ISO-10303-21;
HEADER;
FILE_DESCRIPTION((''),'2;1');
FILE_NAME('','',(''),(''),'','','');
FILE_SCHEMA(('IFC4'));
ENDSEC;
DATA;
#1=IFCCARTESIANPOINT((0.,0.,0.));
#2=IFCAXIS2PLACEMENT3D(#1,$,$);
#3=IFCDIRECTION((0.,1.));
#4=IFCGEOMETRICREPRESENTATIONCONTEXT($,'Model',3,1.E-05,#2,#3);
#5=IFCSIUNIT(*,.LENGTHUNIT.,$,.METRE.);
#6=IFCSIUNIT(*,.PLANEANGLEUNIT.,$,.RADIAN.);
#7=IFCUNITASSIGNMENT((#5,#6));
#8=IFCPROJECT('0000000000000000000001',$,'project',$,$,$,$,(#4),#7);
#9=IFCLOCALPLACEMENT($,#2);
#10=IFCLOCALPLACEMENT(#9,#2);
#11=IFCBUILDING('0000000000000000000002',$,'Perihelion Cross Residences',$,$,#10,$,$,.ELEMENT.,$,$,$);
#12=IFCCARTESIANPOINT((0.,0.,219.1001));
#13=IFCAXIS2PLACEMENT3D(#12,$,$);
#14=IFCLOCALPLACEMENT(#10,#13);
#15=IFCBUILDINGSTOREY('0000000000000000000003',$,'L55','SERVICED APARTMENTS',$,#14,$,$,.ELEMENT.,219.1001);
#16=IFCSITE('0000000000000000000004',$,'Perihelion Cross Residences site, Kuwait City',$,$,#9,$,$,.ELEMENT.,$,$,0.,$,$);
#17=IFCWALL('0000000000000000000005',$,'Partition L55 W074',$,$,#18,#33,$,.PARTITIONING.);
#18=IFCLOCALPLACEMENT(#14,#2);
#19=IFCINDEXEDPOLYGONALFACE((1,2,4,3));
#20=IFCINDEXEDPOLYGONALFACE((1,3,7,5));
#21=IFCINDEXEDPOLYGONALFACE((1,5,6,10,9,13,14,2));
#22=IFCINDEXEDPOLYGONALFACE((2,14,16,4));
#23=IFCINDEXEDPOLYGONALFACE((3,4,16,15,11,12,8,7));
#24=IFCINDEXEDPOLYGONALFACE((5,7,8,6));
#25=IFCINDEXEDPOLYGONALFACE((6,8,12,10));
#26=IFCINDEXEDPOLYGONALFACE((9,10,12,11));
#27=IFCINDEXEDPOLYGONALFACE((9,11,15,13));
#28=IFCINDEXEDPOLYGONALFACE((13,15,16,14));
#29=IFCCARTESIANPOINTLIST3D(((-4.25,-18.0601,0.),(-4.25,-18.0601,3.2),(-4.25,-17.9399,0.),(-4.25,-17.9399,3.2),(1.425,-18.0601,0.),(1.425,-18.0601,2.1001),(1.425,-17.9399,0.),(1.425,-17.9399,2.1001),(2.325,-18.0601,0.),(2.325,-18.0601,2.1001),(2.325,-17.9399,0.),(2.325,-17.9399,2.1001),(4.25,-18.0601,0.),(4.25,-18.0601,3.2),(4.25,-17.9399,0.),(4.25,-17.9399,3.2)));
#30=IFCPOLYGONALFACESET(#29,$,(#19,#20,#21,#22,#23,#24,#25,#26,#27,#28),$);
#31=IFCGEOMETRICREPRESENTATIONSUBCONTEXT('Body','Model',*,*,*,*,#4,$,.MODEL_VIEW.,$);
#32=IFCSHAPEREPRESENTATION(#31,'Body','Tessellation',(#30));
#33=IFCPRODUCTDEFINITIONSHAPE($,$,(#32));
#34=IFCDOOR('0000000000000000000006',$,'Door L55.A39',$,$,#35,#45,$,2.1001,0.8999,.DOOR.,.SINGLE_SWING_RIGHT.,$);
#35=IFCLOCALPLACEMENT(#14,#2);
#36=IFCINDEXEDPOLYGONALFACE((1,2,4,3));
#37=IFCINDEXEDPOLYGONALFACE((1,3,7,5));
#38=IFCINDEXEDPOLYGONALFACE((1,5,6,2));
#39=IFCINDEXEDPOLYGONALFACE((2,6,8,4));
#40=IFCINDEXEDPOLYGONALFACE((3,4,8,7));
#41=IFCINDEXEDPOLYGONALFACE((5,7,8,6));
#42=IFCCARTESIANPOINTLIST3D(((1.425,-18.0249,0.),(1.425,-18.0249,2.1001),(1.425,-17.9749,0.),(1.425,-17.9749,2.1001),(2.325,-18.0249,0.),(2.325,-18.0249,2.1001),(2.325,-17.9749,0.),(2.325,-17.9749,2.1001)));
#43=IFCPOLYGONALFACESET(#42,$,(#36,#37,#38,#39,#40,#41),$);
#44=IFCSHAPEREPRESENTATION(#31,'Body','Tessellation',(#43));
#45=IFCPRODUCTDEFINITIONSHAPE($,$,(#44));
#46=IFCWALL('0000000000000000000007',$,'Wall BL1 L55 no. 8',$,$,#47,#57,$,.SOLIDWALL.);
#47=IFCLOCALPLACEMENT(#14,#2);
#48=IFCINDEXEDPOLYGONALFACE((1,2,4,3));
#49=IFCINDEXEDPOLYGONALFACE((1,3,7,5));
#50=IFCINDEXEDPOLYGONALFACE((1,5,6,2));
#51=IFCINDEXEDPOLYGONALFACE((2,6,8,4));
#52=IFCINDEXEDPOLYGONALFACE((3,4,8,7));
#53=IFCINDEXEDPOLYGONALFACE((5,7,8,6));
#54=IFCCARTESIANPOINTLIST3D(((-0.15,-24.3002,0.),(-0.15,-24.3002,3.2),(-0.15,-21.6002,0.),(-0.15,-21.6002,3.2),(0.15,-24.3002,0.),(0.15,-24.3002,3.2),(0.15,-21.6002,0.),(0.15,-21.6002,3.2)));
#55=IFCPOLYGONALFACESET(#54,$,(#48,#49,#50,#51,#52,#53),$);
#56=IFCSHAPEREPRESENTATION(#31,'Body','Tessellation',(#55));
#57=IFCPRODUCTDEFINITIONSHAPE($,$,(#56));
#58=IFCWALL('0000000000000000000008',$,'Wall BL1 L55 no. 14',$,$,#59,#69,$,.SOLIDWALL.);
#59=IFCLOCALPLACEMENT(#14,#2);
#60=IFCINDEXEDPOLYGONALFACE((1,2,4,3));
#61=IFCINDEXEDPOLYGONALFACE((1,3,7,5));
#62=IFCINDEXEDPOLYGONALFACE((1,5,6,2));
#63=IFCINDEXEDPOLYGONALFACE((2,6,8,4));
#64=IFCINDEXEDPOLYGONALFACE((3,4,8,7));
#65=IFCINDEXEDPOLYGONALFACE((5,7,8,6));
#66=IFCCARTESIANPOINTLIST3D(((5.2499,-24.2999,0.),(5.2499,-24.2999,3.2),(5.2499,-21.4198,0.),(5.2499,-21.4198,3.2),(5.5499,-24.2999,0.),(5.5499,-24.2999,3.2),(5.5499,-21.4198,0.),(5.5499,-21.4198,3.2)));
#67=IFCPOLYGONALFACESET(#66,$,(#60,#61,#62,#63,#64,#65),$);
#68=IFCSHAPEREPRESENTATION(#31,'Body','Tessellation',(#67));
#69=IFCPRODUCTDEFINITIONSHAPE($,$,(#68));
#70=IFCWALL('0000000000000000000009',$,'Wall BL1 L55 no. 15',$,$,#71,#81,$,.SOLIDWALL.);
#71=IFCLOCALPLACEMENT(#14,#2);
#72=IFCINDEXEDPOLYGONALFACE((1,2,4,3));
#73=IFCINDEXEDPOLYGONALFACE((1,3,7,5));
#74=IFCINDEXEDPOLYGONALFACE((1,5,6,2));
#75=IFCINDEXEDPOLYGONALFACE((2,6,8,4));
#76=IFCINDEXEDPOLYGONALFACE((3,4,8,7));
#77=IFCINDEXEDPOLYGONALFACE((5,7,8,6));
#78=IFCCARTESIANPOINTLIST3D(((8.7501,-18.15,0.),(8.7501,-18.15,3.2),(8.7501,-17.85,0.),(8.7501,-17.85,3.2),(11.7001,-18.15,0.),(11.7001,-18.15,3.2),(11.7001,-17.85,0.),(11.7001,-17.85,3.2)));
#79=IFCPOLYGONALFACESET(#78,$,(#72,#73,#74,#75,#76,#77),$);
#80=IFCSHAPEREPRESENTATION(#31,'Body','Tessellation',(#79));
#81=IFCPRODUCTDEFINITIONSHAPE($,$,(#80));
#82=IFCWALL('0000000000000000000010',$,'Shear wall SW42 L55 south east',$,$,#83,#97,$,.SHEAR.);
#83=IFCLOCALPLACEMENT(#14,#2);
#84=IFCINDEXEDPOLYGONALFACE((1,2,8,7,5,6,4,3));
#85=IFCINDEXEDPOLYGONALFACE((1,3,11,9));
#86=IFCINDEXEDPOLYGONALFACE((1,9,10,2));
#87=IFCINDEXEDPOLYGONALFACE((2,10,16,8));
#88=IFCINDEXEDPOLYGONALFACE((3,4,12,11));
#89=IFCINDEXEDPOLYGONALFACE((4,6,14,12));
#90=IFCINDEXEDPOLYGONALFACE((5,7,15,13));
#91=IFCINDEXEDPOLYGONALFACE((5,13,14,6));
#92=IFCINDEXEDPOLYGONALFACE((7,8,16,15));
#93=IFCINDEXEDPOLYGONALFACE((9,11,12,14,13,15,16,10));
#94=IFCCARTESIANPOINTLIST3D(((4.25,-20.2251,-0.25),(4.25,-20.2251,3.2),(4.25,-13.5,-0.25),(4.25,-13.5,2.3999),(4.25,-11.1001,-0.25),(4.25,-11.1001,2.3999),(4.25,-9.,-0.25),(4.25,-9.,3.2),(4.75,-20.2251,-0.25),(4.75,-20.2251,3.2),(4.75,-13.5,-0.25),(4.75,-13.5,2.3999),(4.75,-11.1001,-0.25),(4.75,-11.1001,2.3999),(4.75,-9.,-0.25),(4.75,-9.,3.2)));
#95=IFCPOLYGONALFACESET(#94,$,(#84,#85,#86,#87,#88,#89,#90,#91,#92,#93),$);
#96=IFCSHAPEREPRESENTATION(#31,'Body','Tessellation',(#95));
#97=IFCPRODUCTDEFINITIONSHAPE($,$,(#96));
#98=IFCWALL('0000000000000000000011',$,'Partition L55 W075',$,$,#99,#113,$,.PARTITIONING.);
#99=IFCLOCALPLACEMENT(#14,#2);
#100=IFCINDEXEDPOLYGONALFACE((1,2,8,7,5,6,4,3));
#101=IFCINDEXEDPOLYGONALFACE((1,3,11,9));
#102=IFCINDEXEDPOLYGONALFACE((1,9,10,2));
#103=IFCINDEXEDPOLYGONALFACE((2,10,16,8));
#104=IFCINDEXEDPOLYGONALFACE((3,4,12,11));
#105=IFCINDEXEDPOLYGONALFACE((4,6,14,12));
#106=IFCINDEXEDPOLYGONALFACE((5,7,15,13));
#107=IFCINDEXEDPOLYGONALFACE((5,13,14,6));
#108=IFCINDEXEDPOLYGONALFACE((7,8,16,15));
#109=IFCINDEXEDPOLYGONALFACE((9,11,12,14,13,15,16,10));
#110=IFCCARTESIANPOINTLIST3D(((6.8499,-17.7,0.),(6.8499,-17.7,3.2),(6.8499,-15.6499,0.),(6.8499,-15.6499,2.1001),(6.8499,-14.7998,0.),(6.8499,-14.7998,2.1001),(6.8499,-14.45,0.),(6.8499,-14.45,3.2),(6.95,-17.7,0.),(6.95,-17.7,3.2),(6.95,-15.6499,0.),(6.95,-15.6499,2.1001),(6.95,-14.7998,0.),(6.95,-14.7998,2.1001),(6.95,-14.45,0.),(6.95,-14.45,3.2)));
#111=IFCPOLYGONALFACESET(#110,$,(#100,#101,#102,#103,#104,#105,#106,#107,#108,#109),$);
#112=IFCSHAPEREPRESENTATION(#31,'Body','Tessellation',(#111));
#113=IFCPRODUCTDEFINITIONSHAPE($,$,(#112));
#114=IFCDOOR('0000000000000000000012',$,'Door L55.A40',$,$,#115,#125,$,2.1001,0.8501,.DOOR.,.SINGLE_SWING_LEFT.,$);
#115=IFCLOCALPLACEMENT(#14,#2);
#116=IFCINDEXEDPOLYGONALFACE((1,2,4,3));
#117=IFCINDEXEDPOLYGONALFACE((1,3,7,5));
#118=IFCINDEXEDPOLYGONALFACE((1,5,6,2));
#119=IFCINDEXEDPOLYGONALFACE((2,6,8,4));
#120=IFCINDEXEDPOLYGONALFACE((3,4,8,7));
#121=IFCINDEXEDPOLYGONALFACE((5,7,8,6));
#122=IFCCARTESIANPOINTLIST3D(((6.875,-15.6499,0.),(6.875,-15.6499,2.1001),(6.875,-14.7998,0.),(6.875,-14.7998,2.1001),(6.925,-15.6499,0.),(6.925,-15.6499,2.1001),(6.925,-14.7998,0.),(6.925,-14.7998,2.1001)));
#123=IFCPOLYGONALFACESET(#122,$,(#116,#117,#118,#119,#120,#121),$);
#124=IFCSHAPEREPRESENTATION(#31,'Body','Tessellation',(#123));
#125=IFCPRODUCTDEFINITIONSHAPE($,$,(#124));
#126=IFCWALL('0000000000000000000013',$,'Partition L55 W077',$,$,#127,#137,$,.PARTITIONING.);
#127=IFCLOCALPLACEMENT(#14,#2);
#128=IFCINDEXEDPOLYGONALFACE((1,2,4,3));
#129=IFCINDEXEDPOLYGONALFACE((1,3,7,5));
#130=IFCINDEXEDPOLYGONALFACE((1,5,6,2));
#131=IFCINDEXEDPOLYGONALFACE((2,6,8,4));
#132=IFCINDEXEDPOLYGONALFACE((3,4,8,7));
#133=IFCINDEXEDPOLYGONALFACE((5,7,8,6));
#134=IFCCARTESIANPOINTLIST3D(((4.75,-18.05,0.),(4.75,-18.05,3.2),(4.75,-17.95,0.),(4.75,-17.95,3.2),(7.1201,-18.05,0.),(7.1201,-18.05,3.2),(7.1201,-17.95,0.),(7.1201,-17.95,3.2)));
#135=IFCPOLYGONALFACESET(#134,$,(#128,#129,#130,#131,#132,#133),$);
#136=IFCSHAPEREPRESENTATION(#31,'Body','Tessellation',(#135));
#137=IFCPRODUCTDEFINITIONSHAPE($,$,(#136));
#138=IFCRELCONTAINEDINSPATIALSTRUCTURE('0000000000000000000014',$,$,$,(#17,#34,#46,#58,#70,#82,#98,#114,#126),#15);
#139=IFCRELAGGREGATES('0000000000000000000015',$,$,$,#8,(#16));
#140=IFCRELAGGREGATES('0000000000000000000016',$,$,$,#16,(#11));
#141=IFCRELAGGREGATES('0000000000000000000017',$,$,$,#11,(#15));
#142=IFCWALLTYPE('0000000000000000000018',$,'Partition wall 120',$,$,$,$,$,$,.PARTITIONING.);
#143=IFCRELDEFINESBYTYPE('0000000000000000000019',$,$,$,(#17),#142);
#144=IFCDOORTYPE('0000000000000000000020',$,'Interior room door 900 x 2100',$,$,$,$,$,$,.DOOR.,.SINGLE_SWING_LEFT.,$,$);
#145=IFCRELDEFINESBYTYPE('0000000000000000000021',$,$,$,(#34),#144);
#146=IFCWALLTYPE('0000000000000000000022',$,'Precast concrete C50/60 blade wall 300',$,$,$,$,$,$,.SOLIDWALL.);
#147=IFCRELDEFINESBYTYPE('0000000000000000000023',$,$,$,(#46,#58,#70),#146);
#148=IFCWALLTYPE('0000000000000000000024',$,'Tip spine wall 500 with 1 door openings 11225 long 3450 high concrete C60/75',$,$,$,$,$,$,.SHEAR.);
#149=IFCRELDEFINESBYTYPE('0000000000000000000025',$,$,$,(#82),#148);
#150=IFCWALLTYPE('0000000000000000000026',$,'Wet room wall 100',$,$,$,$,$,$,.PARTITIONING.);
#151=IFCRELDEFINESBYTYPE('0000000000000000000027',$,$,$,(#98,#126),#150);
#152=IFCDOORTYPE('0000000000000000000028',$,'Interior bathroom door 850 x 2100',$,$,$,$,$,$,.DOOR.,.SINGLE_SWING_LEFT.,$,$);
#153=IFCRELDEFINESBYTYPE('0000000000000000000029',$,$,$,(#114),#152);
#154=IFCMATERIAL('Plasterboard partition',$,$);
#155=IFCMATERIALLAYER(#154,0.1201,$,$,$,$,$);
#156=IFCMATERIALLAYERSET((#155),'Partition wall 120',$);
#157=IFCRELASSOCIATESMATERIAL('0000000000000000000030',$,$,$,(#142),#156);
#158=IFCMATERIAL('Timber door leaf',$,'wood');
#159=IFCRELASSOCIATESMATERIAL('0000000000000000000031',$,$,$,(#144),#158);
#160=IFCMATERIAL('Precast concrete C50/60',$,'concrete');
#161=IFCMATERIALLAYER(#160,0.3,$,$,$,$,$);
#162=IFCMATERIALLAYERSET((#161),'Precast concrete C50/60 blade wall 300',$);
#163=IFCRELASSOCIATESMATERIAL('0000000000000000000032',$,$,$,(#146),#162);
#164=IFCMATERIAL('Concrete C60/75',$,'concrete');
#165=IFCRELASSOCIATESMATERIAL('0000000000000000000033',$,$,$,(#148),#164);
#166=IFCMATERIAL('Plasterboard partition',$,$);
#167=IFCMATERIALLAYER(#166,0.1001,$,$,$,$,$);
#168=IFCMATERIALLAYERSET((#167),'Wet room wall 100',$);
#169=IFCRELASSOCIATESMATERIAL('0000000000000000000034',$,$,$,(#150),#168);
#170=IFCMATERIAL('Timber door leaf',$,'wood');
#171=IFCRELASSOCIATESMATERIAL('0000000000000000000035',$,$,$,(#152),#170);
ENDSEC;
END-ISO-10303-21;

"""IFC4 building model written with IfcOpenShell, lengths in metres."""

from ifc_helpers import new_model, si_unit, direction, frame, frame_2d, origin, place, context, subcontext, project, spatial, polyline, rectangle, outline, extrude, material, layer, layer_set, material_profile, profile_set, type_object, element, fill, save


model = new_model("IFC4")

# Units and contexts
model_context = context("Model", 3, precision=1e-05, world=origin(), true_north=direction((0.0, 1.0)))
body_context = subcontext(model_context, "Body", "Model", "MODEL_VIEW")
ifc_project = project(units=[si_unit("LENGTHUNIT", "METRE"), si_unit("PLANEANGLEUNIT", "RADIAN")], contexts=[model_context])

# Site, building, storey
site_placement = place(None, origin())
site = spatial("IfcSite", under=ifc_project, at=site_placement, Name="Perihelion Cross Residences site, Kuwait City", CompositionType="ELEMENT", RefElevation=0.0)
building_placement = place(site_placement, origin())
building = spatial("IfcBuilding", under=site, at=building_placement, Name="Perihelion Cross Residences", CompositionType="ELEMENT")
storey_placement = place(building_placement, frame((0.0, 0.0, 219.1001)))
storey = spatial("IfcBuildingStorey", under=building, at=storey_placement, Name="L55", Description="SERVICED APARTMENTS", CompositionType="ELEMENT", Elevation=219.1001)

# Wall, opening, door
ifc_material_1 = material(Name="Plasterboard partition")
ifc_layer_1 = layer(ifc_material_1, 0.1201)
ifc_layer_set_1 = layer_set([ifc_layer_1], Name="Partition wall 120")
wall_type_1 = type_object("IfcWallType", Name="Partition wall 120", PredefinedType="PARTITIONING", material=ifc_layer_set_1)
wall_1_placement = place(storey_placement, frame((4.25, -18.0, 0.0), z_axis=(0.0, 0.0, 1.0), x_axis=(-1.0, 0.0, 0.0)))
wall_1 = element("IfcWall", 1, at=wall_1_placement, inside=storey, type_object=wall_type_1, Name="Partition L55 W074", PredefinedType="PARTITIONING", context=body_context, shape_type="SweptSolid", body=[
    extrude(rectangle(XDim=8.5, YDim=0.1201, at=frame_2d((4.25, 0.0))), origin(), (0.0, 0.0, 1.0), 3.2),
])
opening_1_placement = place(wall_1_placement, frame((1.925, 0.0, 0.0)))
opening_1 = element("IfcOpeningElement", 2, at=opening_1_placement, cuts=wall_1, PredefinedType="OPENING", context=body_context, shape_type="SweptSolid", body=[
    extrude(rectangle(XDim=0.8999, YDim=2.1001, at=frame_2d((0.45, 1.05))), frame((0.0, 0.0701, 0.0), z_axis=(0.0, -1.0, 0.0), x_axis=(1.0, 0.0, 0.0)), (0.0, 0.0, 1.0), 0.1401),
])
ifc_material_2 = material(Name="Timber door leaf", Category="wood")
door_type_1 = type_object("IfcDoorType", Name="Interior room door 900 x 2100", OperationType="SINGLE_SWING_LEFT", PredefinedType="DOOR", material=ifc_material_2)
door_1_placement = place(opening_1_placement, origin())
door_1 = element("IfcDoor", 3, at=door_1_placement, inside=storey, type_object=door_type_1, Name="Door L55.A39", OperationType="SINGLE_SWING_RIGHT", OverallHeight=2.1001, OverallWidth=0.8999, PredefinedType="DOOR", context=body_context, shape_type="SweptSolid", body=[
    extrude(rectangle(XDim=0.8999, YDim=2.1001, at=frame_2d((0.45, 1.05))), frame((0.0, 0.0249, 0.0), z_axis=(0.0, -1.0, 0.0), x_axis=(1.0, 0.0, 0.0)), (0.0, 0.0, 1.0), 0.05),
])
fill(opening_1, door_1)

# Walls
ifc_material_3 = material(Name="Precast concrete C50/60", Category="concrete")
ifc_layer_2 = layer(ifc_material_3, 0.3)
ifc_layer_set_2 = layer_set([ifc_layer_2], Name="Precast concrete C50/60 blade wall 300")
wall_type_2 = type_object("IfcWallType", Name="Precast concrete C50/60 blade wall 300", PredefinedType="SOLIDWALL", material=ifc_layer_set_2)
wall_2_placement = place(storey_placement, frame((0.0, -21.6001, 0.0), z_axis=(0.0, 0.0, 1.0), x_axis=(0.0, -1.0, 0.0)))
element("IfcWall", 4, at=wall_2_placement, inside=storey, type_object=wall_type_2, Name="Wall BL1 L55 no. 8", PredefinedType="SOLIDWALL", context=body_context, shape_type="SweptSolid", body=[
    extrude(rectangle(XDim=2.7, YDim=0.3, at=frame_2d((1.3501, 0.0))), origin(), (0.0, 0.0, 1.0), 3.2),
])
wall_3_placement = place(storey_placement, frame((5.3999, -21.4199, 0.0), z_axis=(0.0, 0.0, 1.0), x_axis=(0.0, -1.0, 0.0)))
element("IfcWall", 5, at=wall_3_placement, inside=storey, type_object=wall_type_2, Name="Wall BL1 L55 no. 14", PredefinedType="SOLIDWALL", context=body_context, shape_type="SweptSolid", body=[
    extrude(rectangle(XDim=2.8801, YDim=0.3, at=frame_2d((1.4399, 0.0))), origin(), (0.0, 0.0, 1.0), 3.2),
])
wall_4_placement = place(storey_placement, frame((8.75, -18.0, 0.0), z_axis=(0.0, 0.0, 1.0), x_axis=(1.0, 0.0, 0.0)))
element("IfcWall", 6, at=wall_4_placement, inside=storey, type_object=wall_type_2, Name="Wall BL1 L55 no. 15", PredefinedType="SOLIDWALL", context=body_context, shape_type="SweptSolid", body=[
    extrude(rectangle(XDim=2.95, YDim=0.3, at=frame_2d((1.4751, 0.0))), origin(), (0.0, 0.0, 1.0), 3.2),
])
ifc_material_4 = material(Name="Concrete C60/75", Category="concrete")
ifc_material_profile_1 = material_profile(ifc_material_4, outline(polyline([(0.0, 0.0), (6.7251, 0.0), (6.7251, 2.6499), (9.125, 2.6499), (9.125, 0.0), (11.2251, 0.0), (11.2251, 3.45), (0.0, 3.45), (0.0, 0.0)])), Name="Tip spine wall")
ifc_profile_set_1 = profile_set([ifc_material_profile_1], Name="Concrete C60/75")
wall_type_3 = type_object("IfcWallType", Name="Tip spine wall 500 with 1 door openings 11225 long 3450 high concrete C60/75", PredefinedType="SHEAR", material=ifc_profile_set_1)
wall_5_placement = place(storey_placement, frame((4.25, -20.2251, -0.25), z_axis=(1.0, 0.0, 0.0), x_axis=(0.0, 1.0, 0.0)))
element("IfcWall", 7, at=wall_5_placement, inside=storey, type_object=wall_type_3, Name="Shear wall SW42 L55 south east", PredefinedType="SHEAR", context=body_context, shape_type="SweptSolid", body=[
    extrude(outline(polyline([(0.0, 0.0), (6.7251, 0.0), (6.7251, 2.6499), (9.125, 2.6499), (9.125, 0.0), (11.2251, 0.0), (11.2251, 3.45), (0.0, 3.45), (0.0, 0.0)])), origin(), (0.0, 0.0, 1.0), 0.5),
])

# Wall, opening, door
ifc_material_5 = material(Name="Plasterboard partition")
ifc_layer_3 = layer(ifc_material_5, 0.1001)
ifc_layer_set_3 = layer_set([ifc_layer_3], Name="Wet room wall 100")
wall_type_4 = type_object("IfcWallType", Name="Wet room wall 100", PredefinedType="PARTITIONING", material=ifc_layer_set_3)
wall_6_placement = place(storey_placement, frame((6.8999, -17.7, 0.0), z_axis=(0.0, 0.0, 1.0), x_axis=(0.0, 1.0, 0.0)))
wall_6 = element("IfcWall", 8, at=wall_6_placement, inside=storey, type_object=wall_type_4, Name="Partition L55 W075", PredefinedType="PARTITIONING", context=body_context, shape_type="SweptSolid", body=[
    extrude(rectangle(XDim=3.25, YDim=0.1001, at=frame_2d((1.625, 0.0))), origin(), (0.0, 0.0, 1.0), 3.2),
])
opening_2_placement = place(wall_6_placement, frame((2.05, 0.0, 0.0)))
opening_2 = element("IfcOpeningElement", 9, at=opening_2_placement, cuts=wall_6, PredefinedType="OPENING", context=body_context, shape_type="SweptSolid", body=[
    extrude(rectangle(XDim=0.8501, YDim=2.1001, at=frame_2d((0.425, 1.05))), frame((0.0, 0.0601, 0.0), z_axis=(0.0, -1.0, 0.0), x_axis=(1.0, 0.0, 0.0)), (0.0, 0.0, 1.0), 0.1201),
])
ifc_material_6 = material(Name="Timber door leaf", Category="wood")
door_type_2 = type_object("IfcDoorType", Name="Interior bathroom door 850 x 2100", OperationType="SINGLE_SWING_LEFT", PredefinedType="DOOR", material=ifc_material_6)
door_2_placement = place(opening_2_placement, origin())
door_2 = element("IfcDoor", 10, at=door_2_placement, inside=storey, type_object=door_type_2, Name="Door L55.A40", OperationType="SINGLE_SWING_LEFT", OverallHeight=2.1001, OverallWidth=0.8501, PredefinedType="DOOR", context=body_context, shape_type="SweptSolid", body=[
    extrude(rectangle(XDim=0.8501, YDim=2.1001, at=frame_2d((0.425, 1.05))), frame((0.0, 0.0249, 0.0), z_axis=(0.0, -1.0, 0.0), x_axis=(1.0, 0.0, 0.0)), (0.0, 0.0, 1.0), 0.05),
])
fill(opening_2, door_2)

# Wall
wall_7_placement = place(storey_placement, frame((7.1201, -18.0, 0.0), z_axis=(0.0, 0.0, 1.0), x_axis=(-1.0, 0.0, 0.0)))
element("IfcWall", 11, at=wall_7_placement, inside=storey, type_object=wall_type_4, Name="Partition L55 W077", PredefinedType="PARTITIONING", context=body_context, shape_type="SweptSolid", body=[
    extrude(rectangle(XDim=2.3701, YDim=0.1001, at=frame_2d((1.1851, 0.0))), origin(), (0.0, 0.0, 1.0), 3.2),
])

save(model, "model.ifc")
